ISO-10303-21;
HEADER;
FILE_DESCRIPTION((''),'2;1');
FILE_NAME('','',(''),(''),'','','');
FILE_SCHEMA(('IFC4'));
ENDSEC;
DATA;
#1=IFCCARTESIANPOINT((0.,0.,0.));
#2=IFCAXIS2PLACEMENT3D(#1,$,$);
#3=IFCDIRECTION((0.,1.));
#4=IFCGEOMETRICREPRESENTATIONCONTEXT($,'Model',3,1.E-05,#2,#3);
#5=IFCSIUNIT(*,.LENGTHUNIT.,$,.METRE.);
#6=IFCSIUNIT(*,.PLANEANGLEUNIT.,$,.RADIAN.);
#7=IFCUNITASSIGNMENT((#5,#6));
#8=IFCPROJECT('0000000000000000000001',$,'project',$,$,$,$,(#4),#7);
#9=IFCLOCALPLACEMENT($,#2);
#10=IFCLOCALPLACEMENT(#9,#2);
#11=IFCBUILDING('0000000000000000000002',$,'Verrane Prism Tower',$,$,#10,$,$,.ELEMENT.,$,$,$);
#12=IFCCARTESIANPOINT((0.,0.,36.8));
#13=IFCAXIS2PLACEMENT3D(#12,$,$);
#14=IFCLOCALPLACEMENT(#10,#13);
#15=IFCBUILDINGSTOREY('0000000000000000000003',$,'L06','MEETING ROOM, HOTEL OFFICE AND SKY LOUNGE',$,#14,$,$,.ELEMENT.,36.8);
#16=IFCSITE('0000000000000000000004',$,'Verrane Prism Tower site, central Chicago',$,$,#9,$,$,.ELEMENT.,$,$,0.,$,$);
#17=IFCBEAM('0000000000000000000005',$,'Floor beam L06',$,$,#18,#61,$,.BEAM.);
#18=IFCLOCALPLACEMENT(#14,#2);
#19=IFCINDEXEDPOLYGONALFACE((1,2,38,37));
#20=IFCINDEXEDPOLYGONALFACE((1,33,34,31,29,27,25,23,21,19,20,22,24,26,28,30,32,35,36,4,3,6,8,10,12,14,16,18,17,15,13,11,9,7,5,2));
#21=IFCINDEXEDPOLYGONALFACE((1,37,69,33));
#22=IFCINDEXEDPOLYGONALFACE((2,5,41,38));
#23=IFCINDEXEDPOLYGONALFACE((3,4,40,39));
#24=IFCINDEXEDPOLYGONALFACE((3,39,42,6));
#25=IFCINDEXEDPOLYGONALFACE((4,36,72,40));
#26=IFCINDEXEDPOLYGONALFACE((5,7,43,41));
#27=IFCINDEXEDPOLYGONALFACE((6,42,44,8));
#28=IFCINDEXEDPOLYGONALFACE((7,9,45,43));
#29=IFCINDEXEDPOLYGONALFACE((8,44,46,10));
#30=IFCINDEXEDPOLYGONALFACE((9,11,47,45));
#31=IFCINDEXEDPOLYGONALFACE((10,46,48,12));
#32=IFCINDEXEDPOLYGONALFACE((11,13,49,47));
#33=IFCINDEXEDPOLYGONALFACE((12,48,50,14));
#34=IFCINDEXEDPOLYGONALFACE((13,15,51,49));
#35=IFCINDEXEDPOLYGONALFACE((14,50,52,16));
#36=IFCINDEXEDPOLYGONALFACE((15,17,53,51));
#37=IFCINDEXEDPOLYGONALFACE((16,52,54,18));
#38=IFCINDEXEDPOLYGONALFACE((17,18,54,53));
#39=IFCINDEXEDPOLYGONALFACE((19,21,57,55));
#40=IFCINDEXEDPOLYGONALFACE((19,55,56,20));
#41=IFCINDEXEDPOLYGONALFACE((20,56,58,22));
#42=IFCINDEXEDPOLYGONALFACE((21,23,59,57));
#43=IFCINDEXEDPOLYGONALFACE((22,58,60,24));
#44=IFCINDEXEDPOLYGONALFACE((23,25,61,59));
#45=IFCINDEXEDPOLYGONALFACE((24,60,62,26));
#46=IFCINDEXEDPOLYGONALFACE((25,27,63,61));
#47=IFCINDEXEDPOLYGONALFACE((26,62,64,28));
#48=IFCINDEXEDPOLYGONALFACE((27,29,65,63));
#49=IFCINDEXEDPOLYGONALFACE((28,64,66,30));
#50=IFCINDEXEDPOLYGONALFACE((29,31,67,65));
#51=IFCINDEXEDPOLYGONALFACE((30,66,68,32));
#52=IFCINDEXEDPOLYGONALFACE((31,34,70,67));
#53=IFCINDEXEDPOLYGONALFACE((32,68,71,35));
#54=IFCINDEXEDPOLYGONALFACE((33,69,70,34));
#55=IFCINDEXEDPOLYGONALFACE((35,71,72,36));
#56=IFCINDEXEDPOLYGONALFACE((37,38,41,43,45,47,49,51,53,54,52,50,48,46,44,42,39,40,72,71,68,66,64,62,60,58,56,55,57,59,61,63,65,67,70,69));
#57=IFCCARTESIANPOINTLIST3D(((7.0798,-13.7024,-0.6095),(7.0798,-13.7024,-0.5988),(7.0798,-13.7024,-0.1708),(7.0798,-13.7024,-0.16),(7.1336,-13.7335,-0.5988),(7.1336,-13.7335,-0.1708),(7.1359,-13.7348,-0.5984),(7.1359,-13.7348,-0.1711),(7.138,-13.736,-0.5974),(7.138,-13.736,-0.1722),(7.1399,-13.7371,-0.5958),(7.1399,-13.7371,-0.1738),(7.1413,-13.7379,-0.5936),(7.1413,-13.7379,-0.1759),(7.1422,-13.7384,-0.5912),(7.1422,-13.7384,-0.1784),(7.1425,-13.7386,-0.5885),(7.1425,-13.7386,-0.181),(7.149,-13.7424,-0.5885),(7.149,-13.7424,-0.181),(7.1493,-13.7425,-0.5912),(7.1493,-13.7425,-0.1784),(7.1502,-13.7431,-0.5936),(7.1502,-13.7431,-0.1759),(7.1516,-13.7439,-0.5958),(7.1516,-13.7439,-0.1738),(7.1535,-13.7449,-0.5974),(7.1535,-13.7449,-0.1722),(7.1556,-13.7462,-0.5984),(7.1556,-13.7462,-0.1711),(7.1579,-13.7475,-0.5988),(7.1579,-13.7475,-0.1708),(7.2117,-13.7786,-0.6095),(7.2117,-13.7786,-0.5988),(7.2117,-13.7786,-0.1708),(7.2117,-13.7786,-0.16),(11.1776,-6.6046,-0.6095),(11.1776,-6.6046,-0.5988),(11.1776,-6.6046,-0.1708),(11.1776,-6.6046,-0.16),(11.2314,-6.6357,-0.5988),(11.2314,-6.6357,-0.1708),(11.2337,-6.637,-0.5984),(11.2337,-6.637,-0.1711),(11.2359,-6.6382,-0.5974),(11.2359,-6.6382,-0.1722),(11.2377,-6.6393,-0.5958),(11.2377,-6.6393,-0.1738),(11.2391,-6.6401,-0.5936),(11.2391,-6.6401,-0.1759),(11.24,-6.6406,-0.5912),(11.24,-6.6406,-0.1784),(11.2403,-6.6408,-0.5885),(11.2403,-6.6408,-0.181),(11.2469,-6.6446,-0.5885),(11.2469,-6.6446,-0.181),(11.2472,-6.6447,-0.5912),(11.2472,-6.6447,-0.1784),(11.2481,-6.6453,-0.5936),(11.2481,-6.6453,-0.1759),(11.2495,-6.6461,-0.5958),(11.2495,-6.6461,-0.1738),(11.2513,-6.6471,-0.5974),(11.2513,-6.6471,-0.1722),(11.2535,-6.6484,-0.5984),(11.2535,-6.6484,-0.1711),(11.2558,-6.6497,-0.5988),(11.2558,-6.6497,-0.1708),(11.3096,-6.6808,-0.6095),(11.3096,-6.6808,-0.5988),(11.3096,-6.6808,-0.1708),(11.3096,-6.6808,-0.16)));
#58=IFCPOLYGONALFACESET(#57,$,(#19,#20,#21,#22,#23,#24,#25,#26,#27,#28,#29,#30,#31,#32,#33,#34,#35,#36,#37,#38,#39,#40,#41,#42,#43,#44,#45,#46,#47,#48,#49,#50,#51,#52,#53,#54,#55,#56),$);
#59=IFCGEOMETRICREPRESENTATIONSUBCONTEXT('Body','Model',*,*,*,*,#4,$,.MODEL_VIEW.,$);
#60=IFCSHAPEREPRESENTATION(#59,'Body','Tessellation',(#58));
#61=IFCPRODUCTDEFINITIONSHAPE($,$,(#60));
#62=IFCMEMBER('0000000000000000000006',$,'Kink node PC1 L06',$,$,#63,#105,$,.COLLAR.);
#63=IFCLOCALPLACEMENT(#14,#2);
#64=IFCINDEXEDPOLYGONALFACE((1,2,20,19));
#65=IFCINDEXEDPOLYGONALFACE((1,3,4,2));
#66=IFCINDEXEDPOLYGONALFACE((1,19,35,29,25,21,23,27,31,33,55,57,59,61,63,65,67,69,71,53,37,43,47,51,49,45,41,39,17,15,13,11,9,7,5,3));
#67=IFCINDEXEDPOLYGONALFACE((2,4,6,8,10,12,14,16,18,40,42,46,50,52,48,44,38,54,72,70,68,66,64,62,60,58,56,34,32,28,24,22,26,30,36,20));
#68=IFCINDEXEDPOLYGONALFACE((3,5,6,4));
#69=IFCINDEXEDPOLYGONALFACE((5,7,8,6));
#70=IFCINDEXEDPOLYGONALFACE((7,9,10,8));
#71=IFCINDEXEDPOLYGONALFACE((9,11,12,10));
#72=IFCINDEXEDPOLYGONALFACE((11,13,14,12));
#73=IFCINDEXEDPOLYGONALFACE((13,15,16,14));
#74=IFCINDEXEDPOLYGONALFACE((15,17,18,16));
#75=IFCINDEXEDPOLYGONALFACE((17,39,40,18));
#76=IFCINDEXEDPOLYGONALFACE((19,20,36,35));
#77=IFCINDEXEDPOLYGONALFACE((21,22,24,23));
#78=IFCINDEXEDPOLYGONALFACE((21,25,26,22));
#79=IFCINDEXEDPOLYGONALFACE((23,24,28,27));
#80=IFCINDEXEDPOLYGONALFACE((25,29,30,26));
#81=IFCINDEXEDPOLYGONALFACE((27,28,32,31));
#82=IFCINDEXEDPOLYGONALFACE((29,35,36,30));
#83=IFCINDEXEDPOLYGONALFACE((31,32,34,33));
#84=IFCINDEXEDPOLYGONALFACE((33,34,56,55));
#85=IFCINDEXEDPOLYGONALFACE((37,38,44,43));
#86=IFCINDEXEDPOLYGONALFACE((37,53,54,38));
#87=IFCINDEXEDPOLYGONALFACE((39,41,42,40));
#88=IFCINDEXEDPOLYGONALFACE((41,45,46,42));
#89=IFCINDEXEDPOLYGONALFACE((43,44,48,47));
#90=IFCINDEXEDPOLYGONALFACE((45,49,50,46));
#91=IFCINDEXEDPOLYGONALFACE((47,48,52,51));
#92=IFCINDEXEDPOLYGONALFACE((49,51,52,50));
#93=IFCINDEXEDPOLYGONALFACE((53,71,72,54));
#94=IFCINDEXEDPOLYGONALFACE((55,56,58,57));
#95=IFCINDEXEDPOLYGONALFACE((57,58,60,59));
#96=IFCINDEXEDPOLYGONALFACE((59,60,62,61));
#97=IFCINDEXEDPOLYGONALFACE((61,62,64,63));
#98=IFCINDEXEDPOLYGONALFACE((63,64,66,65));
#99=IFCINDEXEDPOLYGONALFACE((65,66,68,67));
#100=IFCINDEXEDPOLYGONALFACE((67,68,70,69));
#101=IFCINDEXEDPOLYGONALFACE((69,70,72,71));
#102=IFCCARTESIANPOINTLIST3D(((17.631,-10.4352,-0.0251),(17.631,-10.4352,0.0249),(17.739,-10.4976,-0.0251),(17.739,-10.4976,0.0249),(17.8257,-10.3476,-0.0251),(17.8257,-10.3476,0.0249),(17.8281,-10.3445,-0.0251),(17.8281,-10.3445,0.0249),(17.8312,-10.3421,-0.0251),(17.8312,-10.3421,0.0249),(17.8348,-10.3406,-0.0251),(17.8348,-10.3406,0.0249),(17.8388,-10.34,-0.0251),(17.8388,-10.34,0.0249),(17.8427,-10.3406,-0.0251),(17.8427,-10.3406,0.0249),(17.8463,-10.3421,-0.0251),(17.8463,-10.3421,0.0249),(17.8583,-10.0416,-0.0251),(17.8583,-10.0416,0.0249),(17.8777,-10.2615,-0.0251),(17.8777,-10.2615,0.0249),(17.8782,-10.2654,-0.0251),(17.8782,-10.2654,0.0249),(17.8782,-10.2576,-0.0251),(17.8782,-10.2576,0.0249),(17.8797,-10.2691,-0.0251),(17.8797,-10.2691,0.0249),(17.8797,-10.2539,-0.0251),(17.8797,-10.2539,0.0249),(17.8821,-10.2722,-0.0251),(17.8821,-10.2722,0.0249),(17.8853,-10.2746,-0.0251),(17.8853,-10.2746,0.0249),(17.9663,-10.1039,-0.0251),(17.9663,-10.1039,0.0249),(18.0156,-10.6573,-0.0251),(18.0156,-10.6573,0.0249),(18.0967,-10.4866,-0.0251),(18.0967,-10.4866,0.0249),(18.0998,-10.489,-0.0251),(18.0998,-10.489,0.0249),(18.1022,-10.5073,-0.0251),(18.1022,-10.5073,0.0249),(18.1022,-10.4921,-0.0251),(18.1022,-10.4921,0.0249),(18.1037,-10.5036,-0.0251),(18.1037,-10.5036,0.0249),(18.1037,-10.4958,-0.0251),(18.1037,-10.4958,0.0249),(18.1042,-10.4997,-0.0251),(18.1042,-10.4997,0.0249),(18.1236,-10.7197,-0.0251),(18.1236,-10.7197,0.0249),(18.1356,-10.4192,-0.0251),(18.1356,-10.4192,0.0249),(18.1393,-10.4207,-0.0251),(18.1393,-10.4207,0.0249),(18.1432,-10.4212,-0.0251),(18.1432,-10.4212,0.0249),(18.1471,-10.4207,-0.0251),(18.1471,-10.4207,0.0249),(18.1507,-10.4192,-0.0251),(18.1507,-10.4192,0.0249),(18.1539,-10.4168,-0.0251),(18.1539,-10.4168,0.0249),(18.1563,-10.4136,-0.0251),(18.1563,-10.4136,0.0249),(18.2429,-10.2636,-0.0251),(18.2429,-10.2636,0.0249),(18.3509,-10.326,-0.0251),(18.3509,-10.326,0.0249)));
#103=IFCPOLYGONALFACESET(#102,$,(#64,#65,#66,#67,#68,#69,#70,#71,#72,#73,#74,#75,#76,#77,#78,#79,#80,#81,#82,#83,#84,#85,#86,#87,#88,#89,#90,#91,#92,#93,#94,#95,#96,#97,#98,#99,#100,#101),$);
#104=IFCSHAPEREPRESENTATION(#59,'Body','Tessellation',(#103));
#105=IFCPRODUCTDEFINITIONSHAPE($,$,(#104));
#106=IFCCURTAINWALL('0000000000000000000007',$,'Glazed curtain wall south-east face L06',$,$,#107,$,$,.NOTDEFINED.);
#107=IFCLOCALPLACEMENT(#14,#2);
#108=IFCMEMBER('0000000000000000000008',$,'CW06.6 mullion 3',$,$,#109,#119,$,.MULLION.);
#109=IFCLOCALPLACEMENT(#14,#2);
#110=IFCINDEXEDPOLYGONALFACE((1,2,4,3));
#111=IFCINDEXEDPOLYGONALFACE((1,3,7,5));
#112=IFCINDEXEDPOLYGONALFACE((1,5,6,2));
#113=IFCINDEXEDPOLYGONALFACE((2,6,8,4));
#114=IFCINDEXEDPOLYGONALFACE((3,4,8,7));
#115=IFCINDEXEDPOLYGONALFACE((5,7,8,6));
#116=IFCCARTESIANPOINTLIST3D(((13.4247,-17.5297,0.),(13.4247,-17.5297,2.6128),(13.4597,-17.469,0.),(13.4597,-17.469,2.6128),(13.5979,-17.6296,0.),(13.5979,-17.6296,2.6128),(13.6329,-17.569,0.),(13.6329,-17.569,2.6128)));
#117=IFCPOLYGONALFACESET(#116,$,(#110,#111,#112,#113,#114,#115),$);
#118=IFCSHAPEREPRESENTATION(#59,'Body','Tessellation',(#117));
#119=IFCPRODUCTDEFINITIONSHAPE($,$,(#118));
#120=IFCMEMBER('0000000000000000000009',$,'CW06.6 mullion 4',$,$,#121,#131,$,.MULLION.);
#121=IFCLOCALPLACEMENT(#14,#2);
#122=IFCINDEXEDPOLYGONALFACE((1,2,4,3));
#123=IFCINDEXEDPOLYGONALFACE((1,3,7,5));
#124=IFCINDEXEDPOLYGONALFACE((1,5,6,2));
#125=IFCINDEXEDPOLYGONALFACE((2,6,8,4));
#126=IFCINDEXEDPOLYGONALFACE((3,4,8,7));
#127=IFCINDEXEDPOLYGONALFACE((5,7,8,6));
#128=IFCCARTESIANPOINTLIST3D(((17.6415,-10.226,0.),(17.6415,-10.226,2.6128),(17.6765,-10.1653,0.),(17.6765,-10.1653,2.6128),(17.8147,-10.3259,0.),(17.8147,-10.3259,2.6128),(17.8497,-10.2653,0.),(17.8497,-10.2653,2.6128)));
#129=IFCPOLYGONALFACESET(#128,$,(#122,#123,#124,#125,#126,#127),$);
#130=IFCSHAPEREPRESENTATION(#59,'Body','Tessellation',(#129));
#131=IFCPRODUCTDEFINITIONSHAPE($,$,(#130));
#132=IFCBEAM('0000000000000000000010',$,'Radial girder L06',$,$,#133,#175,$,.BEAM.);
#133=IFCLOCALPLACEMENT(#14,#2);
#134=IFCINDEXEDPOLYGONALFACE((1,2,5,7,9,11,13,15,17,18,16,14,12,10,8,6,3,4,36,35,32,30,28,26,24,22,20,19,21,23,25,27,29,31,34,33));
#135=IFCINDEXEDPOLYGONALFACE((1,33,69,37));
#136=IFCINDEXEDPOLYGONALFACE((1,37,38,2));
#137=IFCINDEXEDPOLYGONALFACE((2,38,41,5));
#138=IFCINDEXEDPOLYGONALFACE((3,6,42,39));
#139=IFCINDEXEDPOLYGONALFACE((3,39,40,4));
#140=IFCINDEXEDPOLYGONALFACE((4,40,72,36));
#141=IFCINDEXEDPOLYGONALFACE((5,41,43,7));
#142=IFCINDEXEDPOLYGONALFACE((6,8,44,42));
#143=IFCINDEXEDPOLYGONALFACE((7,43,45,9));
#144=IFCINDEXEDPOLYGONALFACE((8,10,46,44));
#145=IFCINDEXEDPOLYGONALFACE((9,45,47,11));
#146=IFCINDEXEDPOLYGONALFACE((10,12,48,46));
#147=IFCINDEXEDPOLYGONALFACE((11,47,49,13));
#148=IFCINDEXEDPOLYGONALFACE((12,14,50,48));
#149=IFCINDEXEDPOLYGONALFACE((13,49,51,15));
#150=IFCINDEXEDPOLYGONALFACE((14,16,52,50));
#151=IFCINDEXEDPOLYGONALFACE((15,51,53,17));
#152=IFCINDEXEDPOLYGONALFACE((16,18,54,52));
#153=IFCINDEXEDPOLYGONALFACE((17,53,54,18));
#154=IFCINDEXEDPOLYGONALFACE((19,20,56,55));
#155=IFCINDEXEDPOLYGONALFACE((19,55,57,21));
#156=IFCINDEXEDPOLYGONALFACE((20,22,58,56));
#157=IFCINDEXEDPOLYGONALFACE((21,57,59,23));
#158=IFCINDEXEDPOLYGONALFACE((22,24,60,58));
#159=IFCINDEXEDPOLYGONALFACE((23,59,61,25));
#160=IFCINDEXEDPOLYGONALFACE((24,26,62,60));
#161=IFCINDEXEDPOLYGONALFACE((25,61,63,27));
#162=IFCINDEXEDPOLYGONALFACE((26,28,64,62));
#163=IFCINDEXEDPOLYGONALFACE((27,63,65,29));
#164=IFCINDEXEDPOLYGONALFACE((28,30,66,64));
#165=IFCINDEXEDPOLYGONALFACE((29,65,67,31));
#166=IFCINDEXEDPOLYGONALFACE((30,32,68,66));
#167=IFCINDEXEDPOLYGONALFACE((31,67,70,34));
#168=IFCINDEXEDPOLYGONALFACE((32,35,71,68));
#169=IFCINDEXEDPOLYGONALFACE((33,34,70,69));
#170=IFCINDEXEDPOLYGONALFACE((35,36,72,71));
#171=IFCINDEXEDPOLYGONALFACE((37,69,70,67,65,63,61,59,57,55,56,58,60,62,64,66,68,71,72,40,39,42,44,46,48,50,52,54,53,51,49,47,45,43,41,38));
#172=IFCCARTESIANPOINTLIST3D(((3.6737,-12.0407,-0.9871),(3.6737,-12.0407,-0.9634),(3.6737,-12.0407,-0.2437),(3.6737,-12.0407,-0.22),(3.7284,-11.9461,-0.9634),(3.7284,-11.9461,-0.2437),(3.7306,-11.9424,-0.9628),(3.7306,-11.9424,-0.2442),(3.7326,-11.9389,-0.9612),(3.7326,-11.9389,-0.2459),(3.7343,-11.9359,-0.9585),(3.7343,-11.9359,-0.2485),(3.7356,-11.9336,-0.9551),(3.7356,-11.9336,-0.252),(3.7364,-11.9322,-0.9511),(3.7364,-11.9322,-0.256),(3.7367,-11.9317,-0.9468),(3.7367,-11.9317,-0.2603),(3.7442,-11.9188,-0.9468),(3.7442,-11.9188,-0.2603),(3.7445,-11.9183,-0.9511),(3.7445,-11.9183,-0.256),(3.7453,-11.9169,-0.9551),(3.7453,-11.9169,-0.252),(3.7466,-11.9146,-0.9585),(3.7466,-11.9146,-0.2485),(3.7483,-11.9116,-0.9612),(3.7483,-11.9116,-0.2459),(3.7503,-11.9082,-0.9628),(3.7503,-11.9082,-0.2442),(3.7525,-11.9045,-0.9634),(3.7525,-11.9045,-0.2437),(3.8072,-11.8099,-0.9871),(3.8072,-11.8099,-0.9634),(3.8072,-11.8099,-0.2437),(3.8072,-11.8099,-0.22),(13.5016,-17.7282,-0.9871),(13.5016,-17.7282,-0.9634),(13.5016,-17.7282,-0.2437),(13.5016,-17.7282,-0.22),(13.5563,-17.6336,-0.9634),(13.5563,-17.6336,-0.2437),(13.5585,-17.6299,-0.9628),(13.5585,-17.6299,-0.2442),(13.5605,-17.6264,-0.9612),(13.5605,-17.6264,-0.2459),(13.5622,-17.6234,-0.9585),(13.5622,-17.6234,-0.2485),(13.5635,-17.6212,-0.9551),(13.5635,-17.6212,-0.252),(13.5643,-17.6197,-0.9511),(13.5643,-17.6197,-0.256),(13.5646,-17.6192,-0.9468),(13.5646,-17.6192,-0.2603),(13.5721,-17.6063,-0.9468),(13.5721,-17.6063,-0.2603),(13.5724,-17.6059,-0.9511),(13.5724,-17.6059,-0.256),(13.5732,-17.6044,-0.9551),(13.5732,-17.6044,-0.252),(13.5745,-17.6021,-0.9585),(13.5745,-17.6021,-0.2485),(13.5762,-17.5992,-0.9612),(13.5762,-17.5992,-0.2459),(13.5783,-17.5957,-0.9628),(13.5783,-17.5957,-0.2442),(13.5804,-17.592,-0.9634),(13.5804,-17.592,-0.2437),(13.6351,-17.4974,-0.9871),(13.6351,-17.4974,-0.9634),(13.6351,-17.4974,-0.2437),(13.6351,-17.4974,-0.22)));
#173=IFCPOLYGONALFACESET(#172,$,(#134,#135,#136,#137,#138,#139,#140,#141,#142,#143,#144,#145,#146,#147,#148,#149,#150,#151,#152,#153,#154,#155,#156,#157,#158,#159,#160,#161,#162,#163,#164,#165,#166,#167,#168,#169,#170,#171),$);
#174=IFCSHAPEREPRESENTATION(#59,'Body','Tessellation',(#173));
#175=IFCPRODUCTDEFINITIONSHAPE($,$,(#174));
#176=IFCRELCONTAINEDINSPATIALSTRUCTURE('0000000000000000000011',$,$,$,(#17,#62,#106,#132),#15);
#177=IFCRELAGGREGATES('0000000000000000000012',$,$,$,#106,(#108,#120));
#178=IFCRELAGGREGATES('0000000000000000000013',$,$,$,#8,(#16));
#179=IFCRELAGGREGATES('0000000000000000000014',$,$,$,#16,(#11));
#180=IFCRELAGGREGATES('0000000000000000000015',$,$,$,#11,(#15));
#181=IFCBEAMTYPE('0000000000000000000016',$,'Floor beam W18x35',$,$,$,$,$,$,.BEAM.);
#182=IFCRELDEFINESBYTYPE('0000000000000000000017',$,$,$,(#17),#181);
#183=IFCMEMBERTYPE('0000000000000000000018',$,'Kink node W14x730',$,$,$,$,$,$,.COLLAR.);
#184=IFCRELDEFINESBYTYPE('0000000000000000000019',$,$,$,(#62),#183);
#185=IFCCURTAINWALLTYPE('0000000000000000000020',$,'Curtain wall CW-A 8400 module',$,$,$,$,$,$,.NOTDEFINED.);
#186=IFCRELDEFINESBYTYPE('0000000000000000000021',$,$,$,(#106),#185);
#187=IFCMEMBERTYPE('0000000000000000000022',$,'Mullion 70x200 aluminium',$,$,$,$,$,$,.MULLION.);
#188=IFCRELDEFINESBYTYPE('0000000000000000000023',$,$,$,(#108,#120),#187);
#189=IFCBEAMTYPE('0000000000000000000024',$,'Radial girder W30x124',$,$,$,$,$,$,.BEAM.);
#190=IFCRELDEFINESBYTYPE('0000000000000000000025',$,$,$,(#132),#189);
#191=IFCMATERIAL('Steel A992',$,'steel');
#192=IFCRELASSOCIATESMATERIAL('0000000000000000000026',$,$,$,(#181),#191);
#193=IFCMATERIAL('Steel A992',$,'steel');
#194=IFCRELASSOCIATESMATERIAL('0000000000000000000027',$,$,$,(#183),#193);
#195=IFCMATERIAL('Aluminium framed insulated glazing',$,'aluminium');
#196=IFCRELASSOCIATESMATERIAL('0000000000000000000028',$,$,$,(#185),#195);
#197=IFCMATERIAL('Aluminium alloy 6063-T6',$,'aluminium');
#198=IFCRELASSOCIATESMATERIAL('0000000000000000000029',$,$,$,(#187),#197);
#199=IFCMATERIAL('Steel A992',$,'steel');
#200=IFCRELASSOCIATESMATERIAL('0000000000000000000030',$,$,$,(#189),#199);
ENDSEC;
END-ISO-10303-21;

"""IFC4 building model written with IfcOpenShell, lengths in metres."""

from ifc_helpers import new_model, si_unit, direction, frame, origin, origin_2d, place, context, subcontext, project, spatial, rectangle, i_section, extrude, material, material_profile, profile_set, type_object, element, aggregate, save


model = new_model("IFC4")

# Units and contexts
model_context = context("Model", 3, precision=1e-05, world=origin(), true_north=direction((0.0, 1.0)))
body_context = subcontext(model_context, "Body", "Model", "MODEL_VIEW")
ifc_project = project(units=[si_unit("LENGTHUNIT", "METRE"), si_unit("PLANEANGLEUNIT", "RADIAN")], contexts=[model_context])

# Site, building, storey
site_placement = place(None, origin())
site = spatial("IfcSite", under=ifc_project, at=site_placement, Name="Verrane Prism Tower site, central Chicago", CompositionType="ELEMENT", RefElevation=0.0)
building_placement = place(site_placement, origin())
building = spatial("IfcBuilding", under=site, at=building_placement, Name="Verrane Prism Tower", CompositionType="ELEMENT")
storey_placement = place(building_placement, frame((0.0, 0.0, 36.8)))
storey = spatial("IfcBuildingStorey", under=building, at=storey_placement, Name="L06", Description="MEETING ROOM, HOTEL OFFICE AND SKY LOUNGE", CompositionType="ELEMENT", Elevation=36.8)

# Beam
ifc_material_1 = material(Name="Steel A992", Category="steel")
ifc_material_profile_1 = material_profile(ifc_material_1, i_section(OverallWidth=0.1523, OverallDepth=0.4495, WebThickness=0.0076, FlangeThickness=0.0107, FilletRadius=0.0103, at=origin_2d()), Name="W18x35")
ifc_profile_set_1 = profile_set([ifc_material_profile_1], Name="Steel A992")
beam_type_1 = type_object("IfcBeamType", Name="Floor beam W18x35", PredefinedType="BEAM", material=ifc_profile_set_1)
for number, where, z_axis, x_axis, name in (
    (1, (7.1458, -13.7405, -0.3848), (0.499993, 0.866029, 0.0), (-0.866029, 0.499993, 0.0), "Floor beam L06"),
):
    element("IfcBeam", number, at=place(storey_placement, frame(where, z_axis=z_axis, x_axis=x_axis)), inside=storey, type_object=beam_type_1, Name=name, PredefinedType="BEAM", context=body_context, shape_type="SweptSolid", body=[
        extrude(i_section(OverallWidth=0.1523, OverallDepth=0.4495, WebThickness=0.0076, FlangeThickness=0.0107, FilletRadius=0.0103, at=origin_2d()), origin(), (0.0, 0.0, 1.0), 8.1958),
    ])

# Member
ifc_material_2 = material(Name="Steel A992", Category="steel")
ifc_material_profile_2 = material_profile(ifc_material_2, i_section(OverallWidth=0.4546, OverallDepth=0.5688, WebThickness=0.0779, FlangeThickness=0.1248, FilletRadius=0.0151, at=origin_2d()), Name="W14x730")
ifc_profile_set_2 = profile_set([ifc_material_profile_2], Name="Steel A992")
member_type_1 = type_object("IfcMemberType", Name="Kink node W14x730", PredefinedType="COLLAR", material=ifc_profile_set_2)
member_1_placement = place(storey_placement, frame((17.991, -10.3806, -0.0251), z_axis=(0.0, 0.0, 1.0), x_axis=(-0.5, -0.866025, 0.0)))
element("IfcMember", 2, at=member_1_placement, inside=storey, type_object=member_type_1, Name="Kink node PC1 L06", PredefinedType="COLLAR", context=body_context, shape_type="SweptSolid", body=[
    extrude(i_section(OverallWidth=0.4546, OverallDepth=0.5688, WebThickness=0.0779, FlangeThickness=0.1248, FilletRadius=0.0151, at=origin_2d()), origin(), (0.0, 0.0, 1.0), 0.05),
])

# Curtain wall, members
ifc_material_3 = material(Name="Aluminium framed insulated glazing", Category="aluminium")
curtain_wall_type = type_object("IfcCurtainWallType", Name="Curtain wall CW-A 8400 module", PredefinedType="NOTDEFINED", material=ifc_material_3)
curtain_wall_placement = place(storey_placement, origin())
curtain_wall = element("IfcCurtainWall", 3, at=curtain_wall_placement, inside=storey, type_object=curtain_wall_type, Name="Glazed curtain wall south-east face L06", PredefinedType="NOTDEFINED")
ifc_material_4 = material(Name="Aluminium alloy 6063-T6", Category="aluminium")
ifc_material_profile_3 = material_profile(ifc_material_4, rectangle(XDim=0.2, YDim=0.0701, at=origin_2d()), Name="Mullion 70x200 aluminium")
ifc_profile_set_3 = profile_set([ifc_material_profile_3], Name="Aluminium alloy 6063-T6")
member_type_2 = type_object("IfcMemberType", Name="Mullion 70x200 aluminium", PredefinedType="MULLION", material=ifc_profile_set_3)
member_2_placement = place(storey_placement, frame((13.5288, -17.5493, 0.0), z_axis=(0.0, 0.0, 1.0), x_axis=(-0.866025, 0.5, 0.0)))
member_2 = element("IfcMember", 4, at=member_2_placement, type_object=member_type_2, Name="CW06.6 mullion 3", PredefinedType="MULLION", context=body_context, shape_type="SweptSolid", body=[
    extrude(rectangle(XDim=0.2, YDim=0.0701, at=origin_2d()), origin(), (0.0, 0.0, 1.0), 2.6128),
])
member_3_placement = place(storey_placement, frame((17.7456, -10.2456, 0.0), z_axis=(0.0, 0.0, 1.0), x_axis=(-0.866025, 0.5, 0.0)))
member_3 = element("IfcMember", 5, at=member_3_placement, type_object=member_type_2, Name="CW06.6 mullion 4", PredefinedType="MULLION", context=body_context, shape_type="SweptSolid", body=[
    extrude(rectangle(XDim=0.2, YDim=0.0701, at=origin_2d()), origin(), (0.0, 0.0, 1.0), 2.6128),
])

# Beam
ifc_material_5 = material(Name="Steel A992", Category="steel")
ifc_material_profile_4 = material_profile(ifc_material_5, i_section(OverallWidth=0.2666, OverallDepth=0.7671, WebThickness=0.0149, FlangeThickness=0.0237, FilletRadius=0.0166, at=origin_2d()), Name="W30x124")
ifc_profile_set_4 = profile_set([ifc_material_profile_4], Name="Steel A992")
beam_type_2 = type_object("IfcBeamType", Name="Radial girder W30x124", PredefinedType="BEAM", material=ifc_profile_set_4)
beam_1_placement = place(storey_placement, frame((13.5684, -17.6128, -0.6035), z_axis=(-0.865515, 0.500883, 0.0), x_axis=(-0.500883, -0.865515, 0.0)))
element("IfcBeam", 6, at=beam_1_placement, inside=storey, type_object=beam_type_2, Name="Radial girder L06", PredefinedType="BEAM", context=body_context, shape_type="SweptSolid", body=[
    extrude(i_section(OverallWidth=0.2666, OverallDepth=0.7671, WebThickness=0.0149, FlangeThickness=0.0237, FilletRadius=0.0166, at=origin_2d()), origin(), (0.0, 0.0, 1.0), 11.355),
])

aggregate(curtain_wall, [member_2, member_3])

save(model, "model.ifc")
